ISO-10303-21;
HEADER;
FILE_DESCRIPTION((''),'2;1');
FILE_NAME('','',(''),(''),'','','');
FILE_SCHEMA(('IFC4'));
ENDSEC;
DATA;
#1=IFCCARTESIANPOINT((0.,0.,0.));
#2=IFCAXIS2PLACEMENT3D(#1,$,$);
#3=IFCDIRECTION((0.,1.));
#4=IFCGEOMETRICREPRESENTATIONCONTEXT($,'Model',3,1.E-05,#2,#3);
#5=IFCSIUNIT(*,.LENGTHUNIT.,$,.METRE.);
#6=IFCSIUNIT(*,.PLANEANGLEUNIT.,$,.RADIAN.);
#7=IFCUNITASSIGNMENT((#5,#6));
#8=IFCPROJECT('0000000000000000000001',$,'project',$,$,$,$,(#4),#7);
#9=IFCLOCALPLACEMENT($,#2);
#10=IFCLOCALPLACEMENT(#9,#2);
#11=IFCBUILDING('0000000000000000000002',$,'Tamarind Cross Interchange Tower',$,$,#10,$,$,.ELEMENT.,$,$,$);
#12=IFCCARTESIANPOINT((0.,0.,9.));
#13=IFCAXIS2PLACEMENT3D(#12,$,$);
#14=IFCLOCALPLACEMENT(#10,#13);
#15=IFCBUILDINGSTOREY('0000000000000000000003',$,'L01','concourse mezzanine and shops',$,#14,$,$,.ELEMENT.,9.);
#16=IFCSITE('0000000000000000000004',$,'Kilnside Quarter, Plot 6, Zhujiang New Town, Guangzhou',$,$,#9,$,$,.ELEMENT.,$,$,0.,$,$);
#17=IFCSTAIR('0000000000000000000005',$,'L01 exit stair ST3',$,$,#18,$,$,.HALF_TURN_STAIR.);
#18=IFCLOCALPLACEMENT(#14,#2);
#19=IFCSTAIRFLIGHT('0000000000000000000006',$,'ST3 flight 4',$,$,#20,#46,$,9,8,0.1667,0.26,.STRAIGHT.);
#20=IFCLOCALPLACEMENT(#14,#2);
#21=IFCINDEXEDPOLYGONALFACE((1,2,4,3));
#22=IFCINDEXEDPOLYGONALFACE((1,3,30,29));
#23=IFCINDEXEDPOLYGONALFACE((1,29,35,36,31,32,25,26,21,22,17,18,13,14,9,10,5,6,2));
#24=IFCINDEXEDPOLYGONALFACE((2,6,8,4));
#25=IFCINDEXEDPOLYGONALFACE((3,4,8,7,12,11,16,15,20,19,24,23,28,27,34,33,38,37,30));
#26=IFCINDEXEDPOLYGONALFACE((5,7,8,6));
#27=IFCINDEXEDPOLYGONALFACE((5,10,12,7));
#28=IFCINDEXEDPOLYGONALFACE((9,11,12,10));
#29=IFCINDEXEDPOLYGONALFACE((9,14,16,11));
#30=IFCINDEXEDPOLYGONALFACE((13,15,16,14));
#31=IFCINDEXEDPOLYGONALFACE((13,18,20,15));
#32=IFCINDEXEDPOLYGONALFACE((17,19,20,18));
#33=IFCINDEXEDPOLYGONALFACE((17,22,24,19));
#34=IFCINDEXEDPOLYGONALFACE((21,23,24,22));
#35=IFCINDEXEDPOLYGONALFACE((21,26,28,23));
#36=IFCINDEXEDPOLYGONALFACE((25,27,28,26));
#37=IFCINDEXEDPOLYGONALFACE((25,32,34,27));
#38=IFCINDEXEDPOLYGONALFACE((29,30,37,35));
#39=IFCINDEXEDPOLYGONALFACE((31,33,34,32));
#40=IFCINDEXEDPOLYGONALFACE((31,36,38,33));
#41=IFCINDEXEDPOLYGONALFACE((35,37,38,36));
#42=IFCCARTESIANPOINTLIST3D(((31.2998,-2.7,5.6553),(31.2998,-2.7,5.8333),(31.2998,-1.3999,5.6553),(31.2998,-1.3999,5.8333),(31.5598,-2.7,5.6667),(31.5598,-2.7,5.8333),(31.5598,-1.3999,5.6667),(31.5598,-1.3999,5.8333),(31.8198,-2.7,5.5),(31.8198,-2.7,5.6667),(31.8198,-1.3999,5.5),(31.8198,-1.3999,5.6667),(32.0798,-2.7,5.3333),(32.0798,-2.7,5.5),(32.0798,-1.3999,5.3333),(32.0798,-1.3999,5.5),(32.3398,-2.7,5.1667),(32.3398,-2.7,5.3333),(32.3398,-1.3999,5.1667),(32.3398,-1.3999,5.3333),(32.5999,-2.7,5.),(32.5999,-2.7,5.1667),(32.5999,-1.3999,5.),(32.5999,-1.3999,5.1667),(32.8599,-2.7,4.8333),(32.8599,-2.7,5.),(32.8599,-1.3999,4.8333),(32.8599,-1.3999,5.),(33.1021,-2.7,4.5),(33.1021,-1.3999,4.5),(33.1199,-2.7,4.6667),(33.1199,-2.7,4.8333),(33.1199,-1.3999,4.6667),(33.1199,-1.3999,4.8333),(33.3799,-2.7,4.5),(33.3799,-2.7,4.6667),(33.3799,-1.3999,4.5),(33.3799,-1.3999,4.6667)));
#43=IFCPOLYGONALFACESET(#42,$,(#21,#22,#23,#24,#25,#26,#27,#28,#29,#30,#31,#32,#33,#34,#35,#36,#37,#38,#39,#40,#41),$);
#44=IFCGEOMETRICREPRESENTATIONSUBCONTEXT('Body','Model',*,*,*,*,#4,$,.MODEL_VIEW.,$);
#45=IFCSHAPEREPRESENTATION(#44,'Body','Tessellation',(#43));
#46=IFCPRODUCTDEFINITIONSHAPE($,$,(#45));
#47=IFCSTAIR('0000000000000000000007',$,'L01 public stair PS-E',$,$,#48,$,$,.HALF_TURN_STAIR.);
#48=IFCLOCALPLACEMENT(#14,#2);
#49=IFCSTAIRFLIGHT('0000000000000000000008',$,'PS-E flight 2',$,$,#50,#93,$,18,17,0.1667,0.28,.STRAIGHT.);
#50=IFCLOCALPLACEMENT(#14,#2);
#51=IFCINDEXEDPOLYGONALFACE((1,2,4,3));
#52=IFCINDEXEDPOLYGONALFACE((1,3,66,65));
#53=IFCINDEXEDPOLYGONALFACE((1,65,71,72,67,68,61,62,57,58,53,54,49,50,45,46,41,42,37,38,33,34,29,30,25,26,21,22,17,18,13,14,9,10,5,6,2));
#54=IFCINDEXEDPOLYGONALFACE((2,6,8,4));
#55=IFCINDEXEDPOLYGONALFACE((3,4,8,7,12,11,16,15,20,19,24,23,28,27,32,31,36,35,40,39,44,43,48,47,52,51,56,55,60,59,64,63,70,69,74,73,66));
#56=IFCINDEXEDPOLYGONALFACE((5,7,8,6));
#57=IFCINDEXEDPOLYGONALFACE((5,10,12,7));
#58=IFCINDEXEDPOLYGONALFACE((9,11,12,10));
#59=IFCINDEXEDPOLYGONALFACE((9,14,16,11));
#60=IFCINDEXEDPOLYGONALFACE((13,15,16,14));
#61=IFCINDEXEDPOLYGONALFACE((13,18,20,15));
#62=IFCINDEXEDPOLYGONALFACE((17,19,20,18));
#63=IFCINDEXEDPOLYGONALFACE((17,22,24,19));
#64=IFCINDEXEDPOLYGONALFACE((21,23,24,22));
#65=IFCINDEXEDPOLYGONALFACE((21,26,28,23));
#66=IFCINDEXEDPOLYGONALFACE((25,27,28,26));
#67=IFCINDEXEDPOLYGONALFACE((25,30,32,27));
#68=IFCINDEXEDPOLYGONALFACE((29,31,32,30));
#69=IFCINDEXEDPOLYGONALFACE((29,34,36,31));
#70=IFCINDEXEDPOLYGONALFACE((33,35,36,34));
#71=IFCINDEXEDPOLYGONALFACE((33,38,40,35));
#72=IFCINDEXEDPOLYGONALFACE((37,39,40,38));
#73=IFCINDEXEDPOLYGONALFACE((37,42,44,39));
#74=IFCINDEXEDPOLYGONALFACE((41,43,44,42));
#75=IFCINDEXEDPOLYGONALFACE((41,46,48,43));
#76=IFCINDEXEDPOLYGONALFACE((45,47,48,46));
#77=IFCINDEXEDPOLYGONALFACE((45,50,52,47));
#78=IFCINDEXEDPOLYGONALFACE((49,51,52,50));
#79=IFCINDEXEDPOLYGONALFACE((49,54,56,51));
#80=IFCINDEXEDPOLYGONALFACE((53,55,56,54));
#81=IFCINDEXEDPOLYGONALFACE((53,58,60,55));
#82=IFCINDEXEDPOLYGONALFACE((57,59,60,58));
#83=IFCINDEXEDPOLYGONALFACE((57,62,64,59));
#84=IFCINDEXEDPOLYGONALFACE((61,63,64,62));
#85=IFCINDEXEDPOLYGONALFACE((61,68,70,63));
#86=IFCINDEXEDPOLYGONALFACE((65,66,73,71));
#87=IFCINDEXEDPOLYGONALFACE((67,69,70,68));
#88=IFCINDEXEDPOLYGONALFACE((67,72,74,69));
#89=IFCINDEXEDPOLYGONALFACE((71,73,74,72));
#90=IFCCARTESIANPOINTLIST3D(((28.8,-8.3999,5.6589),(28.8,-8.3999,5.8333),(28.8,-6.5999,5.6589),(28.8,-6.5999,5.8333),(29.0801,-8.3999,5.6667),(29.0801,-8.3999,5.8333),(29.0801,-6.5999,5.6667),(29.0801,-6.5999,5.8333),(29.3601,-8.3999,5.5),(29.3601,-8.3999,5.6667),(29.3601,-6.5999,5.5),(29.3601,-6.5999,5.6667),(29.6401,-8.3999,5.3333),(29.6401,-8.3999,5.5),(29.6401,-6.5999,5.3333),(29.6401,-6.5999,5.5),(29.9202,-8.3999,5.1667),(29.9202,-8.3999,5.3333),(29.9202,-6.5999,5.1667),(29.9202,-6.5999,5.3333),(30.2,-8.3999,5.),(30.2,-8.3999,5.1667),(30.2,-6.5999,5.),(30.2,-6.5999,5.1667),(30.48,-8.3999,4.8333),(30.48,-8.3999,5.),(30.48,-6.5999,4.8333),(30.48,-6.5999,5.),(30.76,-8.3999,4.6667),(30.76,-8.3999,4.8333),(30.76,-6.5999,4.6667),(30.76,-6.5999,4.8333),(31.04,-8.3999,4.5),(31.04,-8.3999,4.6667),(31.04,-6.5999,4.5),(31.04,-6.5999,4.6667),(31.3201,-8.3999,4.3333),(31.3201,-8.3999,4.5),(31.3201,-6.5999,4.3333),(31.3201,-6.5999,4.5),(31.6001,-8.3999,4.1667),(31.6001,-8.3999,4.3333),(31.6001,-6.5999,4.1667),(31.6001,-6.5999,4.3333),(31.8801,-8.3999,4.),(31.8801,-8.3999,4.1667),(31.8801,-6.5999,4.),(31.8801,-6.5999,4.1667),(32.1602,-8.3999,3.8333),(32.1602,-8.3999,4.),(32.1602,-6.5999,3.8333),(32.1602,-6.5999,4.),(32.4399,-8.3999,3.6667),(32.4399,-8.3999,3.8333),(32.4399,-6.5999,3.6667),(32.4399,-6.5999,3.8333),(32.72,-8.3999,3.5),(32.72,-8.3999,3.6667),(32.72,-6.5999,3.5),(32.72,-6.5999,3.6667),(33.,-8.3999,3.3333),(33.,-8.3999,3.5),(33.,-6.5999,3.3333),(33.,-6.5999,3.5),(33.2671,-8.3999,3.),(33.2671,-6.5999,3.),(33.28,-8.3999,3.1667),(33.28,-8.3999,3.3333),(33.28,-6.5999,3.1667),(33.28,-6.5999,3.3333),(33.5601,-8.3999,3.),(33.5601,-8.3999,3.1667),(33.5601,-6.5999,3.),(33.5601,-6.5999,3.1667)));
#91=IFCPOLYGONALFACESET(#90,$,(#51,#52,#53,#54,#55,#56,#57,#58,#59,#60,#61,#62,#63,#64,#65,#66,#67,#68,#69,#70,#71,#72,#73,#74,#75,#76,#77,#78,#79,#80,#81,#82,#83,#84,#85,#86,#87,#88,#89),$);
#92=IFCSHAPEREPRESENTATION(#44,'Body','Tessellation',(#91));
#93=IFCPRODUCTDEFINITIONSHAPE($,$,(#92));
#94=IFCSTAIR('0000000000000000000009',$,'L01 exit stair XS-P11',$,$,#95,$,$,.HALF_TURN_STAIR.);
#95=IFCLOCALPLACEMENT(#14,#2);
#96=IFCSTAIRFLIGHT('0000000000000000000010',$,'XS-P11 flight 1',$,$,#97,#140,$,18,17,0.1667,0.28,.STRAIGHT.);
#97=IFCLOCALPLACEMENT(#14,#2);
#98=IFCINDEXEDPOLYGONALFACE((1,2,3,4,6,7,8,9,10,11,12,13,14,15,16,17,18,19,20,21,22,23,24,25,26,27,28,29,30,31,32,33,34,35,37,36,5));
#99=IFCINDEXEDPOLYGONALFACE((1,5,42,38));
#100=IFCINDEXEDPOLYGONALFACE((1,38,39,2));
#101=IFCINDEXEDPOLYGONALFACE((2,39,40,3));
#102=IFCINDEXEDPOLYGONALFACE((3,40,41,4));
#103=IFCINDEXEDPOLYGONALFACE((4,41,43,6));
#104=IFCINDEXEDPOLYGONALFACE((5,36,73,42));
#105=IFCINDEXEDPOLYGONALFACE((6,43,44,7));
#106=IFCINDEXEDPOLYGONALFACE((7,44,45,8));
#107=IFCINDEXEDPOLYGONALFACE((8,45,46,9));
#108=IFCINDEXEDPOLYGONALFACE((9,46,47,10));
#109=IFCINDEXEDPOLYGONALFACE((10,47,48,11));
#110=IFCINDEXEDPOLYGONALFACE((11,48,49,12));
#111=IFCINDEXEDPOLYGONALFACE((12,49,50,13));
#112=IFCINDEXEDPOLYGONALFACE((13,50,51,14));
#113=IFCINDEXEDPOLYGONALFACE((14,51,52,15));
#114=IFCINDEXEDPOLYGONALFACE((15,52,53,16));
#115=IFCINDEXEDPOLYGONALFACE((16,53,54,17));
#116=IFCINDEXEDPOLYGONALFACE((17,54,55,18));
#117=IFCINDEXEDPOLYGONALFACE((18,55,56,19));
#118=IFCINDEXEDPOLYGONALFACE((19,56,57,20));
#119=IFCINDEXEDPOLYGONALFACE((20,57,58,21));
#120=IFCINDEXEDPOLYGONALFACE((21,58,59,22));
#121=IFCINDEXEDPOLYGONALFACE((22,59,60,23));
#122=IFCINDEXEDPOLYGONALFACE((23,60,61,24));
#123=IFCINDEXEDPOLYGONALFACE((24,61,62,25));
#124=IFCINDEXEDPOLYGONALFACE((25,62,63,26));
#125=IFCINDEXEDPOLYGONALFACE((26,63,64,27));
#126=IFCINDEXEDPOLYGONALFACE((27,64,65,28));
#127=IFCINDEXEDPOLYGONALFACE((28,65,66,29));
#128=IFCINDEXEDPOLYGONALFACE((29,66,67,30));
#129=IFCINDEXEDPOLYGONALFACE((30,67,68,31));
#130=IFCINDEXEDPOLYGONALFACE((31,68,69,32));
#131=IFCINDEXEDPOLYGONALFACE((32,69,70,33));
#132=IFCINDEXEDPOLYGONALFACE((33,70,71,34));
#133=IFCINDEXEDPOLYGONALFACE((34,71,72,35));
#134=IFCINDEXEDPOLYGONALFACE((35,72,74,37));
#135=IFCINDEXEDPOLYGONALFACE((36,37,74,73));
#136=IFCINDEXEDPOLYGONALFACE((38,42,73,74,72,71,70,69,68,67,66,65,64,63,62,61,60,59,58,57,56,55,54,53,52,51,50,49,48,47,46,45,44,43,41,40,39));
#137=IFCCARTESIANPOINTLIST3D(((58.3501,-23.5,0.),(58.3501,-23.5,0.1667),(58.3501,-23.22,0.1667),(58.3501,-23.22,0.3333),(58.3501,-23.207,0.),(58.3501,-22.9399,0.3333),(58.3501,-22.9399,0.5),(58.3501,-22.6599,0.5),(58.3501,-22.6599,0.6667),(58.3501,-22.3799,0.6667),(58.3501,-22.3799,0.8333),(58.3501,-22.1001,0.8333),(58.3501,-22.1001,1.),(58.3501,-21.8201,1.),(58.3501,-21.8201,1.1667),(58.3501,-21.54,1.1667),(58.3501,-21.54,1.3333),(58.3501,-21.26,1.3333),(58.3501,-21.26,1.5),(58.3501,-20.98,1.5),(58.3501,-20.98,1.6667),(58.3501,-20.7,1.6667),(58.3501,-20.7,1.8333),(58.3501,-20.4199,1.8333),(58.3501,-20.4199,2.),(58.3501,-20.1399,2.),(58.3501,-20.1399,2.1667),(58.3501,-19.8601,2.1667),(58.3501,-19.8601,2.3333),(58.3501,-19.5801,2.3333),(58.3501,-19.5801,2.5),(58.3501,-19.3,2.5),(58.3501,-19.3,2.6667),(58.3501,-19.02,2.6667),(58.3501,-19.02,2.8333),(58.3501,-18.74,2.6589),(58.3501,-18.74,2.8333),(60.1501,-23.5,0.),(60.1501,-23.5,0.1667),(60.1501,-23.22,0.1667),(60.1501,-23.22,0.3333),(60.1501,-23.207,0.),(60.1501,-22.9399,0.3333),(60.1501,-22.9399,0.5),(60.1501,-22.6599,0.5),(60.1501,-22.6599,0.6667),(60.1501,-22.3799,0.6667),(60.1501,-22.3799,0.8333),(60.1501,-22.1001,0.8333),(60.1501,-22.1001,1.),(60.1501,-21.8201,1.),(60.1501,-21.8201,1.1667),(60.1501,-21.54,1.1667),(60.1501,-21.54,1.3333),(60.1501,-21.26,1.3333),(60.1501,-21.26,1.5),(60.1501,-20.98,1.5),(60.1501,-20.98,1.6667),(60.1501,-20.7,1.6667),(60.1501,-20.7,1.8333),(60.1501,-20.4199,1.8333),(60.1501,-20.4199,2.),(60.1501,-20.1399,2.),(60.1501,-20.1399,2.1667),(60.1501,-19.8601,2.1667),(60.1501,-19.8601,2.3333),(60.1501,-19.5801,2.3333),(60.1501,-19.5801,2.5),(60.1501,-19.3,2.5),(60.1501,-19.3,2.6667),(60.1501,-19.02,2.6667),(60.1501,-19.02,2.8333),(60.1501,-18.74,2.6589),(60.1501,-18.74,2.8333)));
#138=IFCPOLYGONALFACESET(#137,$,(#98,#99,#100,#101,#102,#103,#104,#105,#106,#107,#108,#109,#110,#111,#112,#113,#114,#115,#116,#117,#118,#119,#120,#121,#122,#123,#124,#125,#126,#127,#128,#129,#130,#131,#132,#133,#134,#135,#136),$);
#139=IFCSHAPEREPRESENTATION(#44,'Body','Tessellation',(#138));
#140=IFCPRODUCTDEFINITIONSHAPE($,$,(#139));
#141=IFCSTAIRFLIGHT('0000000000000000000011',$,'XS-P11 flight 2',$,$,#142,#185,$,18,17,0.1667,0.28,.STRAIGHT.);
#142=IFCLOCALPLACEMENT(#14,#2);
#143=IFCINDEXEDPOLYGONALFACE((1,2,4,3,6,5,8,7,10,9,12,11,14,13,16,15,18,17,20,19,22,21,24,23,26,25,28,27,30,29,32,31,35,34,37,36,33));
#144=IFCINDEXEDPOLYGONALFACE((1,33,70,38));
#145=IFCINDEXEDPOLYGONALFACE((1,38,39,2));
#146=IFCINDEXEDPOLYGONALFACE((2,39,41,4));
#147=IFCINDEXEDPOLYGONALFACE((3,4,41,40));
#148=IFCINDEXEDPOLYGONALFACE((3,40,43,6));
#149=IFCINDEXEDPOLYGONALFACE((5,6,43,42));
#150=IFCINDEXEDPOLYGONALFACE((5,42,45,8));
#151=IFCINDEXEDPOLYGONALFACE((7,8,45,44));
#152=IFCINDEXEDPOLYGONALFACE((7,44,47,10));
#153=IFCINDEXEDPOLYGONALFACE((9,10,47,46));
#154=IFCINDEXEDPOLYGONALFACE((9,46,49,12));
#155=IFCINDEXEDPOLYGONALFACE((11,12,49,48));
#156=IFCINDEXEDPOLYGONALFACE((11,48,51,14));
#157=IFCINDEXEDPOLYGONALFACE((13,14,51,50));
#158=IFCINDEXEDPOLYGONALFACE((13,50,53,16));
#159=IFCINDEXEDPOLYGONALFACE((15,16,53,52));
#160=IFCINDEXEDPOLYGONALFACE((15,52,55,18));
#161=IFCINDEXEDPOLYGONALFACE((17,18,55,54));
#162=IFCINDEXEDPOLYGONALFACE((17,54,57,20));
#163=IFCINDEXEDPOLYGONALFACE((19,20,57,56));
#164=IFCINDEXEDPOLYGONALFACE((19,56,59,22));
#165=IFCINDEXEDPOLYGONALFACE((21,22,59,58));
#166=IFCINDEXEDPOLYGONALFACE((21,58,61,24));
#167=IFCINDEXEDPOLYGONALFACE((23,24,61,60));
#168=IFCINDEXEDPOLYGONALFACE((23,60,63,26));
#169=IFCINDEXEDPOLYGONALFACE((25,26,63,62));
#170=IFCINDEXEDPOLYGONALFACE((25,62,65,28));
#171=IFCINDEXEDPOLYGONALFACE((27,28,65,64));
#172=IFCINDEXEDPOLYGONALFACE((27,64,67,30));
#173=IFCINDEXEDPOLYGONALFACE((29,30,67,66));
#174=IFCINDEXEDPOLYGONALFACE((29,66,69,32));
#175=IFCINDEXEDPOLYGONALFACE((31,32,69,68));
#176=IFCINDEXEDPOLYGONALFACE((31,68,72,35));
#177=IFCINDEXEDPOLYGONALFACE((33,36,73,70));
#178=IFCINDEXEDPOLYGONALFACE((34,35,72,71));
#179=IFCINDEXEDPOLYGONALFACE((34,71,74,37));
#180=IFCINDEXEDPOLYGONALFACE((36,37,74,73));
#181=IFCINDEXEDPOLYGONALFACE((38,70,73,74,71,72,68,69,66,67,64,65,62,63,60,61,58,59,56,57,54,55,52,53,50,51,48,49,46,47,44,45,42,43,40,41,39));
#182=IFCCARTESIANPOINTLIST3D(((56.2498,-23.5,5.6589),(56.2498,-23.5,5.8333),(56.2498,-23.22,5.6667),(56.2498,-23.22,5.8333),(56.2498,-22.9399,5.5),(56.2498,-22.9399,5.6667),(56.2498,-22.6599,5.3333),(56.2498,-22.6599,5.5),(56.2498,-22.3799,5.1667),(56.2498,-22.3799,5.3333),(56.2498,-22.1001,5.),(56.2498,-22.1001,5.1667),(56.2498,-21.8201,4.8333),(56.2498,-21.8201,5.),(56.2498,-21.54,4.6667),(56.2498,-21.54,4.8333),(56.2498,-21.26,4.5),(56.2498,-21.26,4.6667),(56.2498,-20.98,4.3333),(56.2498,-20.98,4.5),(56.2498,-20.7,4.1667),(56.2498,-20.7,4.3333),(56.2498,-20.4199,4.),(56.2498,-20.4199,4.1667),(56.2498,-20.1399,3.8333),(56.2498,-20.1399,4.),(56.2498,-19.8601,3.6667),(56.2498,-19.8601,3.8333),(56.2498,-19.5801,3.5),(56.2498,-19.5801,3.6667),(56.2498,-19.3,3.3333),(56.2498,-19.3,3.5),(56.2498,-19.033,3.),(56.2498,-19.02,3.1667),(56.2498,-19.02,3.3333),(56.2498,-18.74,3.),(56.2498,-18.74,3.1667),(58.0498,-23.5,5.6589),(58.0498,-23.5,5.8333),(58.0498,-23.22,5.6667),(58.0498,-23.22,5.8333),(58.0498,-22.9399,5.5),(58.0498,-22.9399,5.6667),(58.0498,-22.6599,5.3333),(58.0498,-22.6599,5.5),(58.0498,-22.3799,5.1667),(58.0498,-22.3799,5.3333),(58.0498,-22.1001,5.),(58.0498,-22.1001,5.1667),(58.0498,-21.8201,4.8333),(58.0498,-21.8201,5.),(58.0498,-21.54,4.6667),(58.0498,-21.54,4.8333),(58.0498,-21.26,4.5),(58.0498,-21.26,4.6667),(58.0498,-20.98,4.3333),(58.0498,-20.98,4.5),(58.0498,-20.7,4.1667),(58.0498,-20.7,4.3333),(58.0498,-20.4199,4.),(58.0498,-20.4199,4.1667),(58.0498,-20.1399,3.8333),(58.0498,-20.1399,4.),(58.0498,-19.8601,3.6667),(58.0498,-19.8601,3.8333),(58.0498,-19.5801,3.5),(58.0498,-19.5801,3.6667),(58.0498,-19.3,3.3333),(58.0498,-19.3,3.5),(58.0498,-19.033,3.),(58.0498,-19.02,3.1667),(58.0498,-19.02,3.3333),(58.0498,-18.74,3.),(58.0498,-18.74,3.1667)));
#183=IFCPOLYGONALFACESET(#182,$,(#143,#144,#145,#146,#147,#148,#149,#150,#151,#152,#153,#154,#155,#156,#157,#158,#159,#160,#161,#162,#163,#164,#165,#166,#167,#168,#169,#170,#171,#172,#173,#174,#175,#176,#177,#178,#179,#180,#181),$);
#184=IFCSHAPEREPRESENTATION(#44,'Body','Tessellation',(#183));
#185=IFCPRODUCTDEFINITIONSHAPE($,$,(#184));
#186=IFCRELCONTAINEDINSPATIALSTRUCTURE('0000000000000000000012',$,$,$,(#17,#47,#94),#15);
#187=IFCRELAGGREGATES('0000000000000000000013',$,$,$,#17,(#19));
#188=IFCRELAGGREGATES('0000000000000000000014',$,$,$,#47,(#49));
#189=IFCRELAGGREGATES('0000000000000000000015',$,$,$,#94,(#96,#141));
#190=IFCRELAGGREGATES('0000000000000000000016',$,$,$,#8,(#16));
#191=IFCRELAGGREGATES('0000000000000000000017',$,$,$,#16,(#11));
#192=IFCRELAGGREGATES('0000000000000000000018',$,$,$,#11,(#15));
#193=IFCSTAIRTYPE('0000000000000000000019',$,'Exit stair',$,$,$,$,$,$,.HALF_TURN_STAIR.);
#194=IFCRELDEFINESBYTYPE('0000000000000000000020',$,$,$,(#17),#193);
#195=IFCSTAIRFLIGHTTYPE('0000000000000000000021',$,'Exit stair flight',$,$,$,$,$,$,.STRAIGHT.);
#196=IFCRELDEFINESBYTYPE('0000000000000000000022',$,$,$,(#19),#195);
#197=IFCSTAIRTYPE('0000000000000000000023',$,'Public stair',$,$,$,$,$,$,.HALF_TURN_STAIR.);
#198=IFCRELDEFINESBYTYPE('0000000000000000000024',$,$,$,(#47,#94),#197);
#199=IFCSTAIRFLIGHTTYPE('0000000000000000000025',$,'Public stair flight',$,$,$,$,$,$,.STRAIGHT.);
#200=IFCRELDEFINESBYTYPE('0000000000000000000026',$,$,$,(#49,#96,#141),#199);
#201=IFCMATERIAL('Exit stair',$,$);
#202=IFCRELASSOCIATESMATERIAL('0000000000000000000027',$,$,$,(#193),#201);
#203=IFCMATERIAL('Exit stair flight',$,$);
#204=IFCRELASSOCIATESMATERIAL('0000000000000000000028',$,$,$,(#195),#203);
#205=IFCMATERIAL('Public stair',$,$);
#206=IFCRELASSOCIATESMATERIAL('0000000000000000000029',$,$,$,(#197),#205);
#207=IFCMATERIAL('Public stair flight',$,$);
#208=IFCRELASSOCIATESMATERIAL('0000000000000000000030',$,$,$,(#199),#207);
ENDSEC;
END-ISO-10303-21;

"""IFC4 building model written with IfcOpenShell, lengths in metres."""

from ifc_helpers import new_model, si_unit, direction, frame, origin, place, context, subcontext, project, spatial, polyline, outline, extrude, material, type_object, element, aggregate, save


model = new_model("IFC4")

# Units and contexts
model_context = context("Model", 3, precision=1e-05, world=origin(), true_north=direction((0.0, 1.0)))
body_context = subcontext(model_context, "Body", "Model", "MODEL_VIEW")
ifc_project = project(units=[si_unit("LENGTHUNIT", "METRE"), si_unit("PLANEANGLEUNIT", "RADIAN")], contexts=[model_context])

# Site, building, storey
site_placement = place(None, origin())
site = spatial("IfcSite", under=ifc_project, at=site_placement, Name="Kilnside Quarter, Plot 6, Zhujiang New Town, Guangzhou", CompositionType="ELEMENT", RefElevation=0.0)
building_placement = place(site_placement, origin())
building = spatial("IfcBuilding", under=site, at=building_placement, Name="Tamarind Cross Interchange Tower", CompositionType="ELEMENT")
storey_placement = place(building_placement, frame((0.0, 0.0, 9.0)))
storey = spatial("IfcBuildingStorey", under=building, at=storey_placement, Name="L01", Description="concourse mezzanine and shops", CompositionType="ELEMENT", Elevation=9.0)

# Stairs, stair flights
ifc_material_1 = material(Name="Exit stair")
stair_type_1 = type_object("IfcStairType", Name="Exit stair", PredefinedType="HALF_TURN_STAIR", material=ifc_material_1)
stair_1_placement = place(storey_placement, origin())
stair_1 = element("IfcStair", 1, at=stair_1_placement, inside=storey, type_object=stair_type_1, Name="L01 exit stair ST3", PredefinedType="HALF_TURN_STAIR")
ifc_material_2 = material(Name="Exit stair flight")
stair_flight_type_1 = type_object("IfcStairFlightType", Name="Exit stair flight", PredefinedType="STRAIGHT", material=ifc_material_2)
stair_flight_1_placement = place(storey_placement, frame((33.3799, -2.05, 4.5), z_axis=(0.0, 0.0, 1.0), x_axis=(-1.0, 0.0, 0.0)))
stair_flight_1 = element("IfcStairFlight", 2, at=stair_flight_1_placement, type_object=stair_flight_type_1, Name="ST3 flight 4", NumberOfRisers=9, NumberOfTreads=8, PredefinedType="STRAIGHT", RiserHeight=0.1667, TreadLength=0.26, context=body_context, shape_type="SweptSolid", body=[
    extrude(outline(polyline([(0.0, 0.0), (0.0, 0.1667), (0.26, 0.1667), (0.26, 0.3333), (0.52, 0.3333), (0.52, 0.5), (0.78, 0.5), (0.78, 0.6667), (1.04, 0.6667), (1.04, 0.8333), (1.3, 0.8333), (1.3, 1.0), (1.5601, 1.0), (1.5601, 1.1667), (1.8201, 1.1667), (1.8201, 1.3333), (2.0801, 1.3333), (2.0801, 1.5), (2.0801, 1.1553), (0.2778, 0.0), (0.0, 0.0)])), frame((0.0, 0.6499, 0.0), z_axis=(0.0, -1.0, 0.0), x_axis=(1.0, 0.0, 0.0)), (0.0, 0.0, 1.0), 1.3),
])
aggregate(stair_1, [stair_flight_1])
ifc_material_3 = material(Name="Public stair")
stair_type_2 = type_object("IfcStairType", Name="Public stair", PredefinedType="HALF_TURN_STAIR", material=ifc_material_3)
stair_2_placement = place(storey_placement, origin())
stair_2 = element("IfcStair", 3, at=stair_2_placement, inside=storey, type_object=stair_type_2, Name="L01 public stair PS-E", PredefinedType="HALF_TURN_STAIR")
ifc_material_4 = material(Name="Public stair flight")
stair_flight_type_2 = type_object("IfcStairFlightType", Name="Public stair flight", PredefinedType="STRAIGHT", material=ifc_material_4)
stair_flight_2_placement = place(storey_placement, frame((33.5601, -7.5, 3.0), z_axis=(0.0, 0.0, 1.0), x_axis=(-1.0, 0.0, 0.0)))
stair_flight_2 = element("IfcStairFlight", 4, at=stair_flight_2_placement, type_object=stair_flight_type_2, Name="PS-E flight 2", NumberOfRisers=18, NumberOfTreads=17, PredefinedType="STRAIGHT", RiserHeight=0.1667, TreadLength=0.28, context=body_context, shape_type="SweptSolid", body=[
    extrude(outline(polyline([(0.0, 0.0), (0.0, 0.1667), (0.28, 0.1667), (0.28, 0.3333), (0.5601, 0.3333), (0.5601, 0.5), (0.8401, 0.5), (0.8401, 0.6667), (1.1201, 0.6667), (1.1201, 0.8333), (1.3999, 0.8333), (1.3999, 1.0), (1.6799, 1.0), (1.6799, 1.1667), (1.96, 1.1667), (1.96, 1.3333), (2.24, 1.3333), (2.24, 1.5), (2.52, 1.5), (2.52, 1.6667), (2.8, 1.6667), (2.8, 1.8333), (3.0801, 1.8333), (3.0801, 2.0), (3.3601, 2.0), (3.3601, 2.1667), (3.6399, 2.1667), (3.6399, 2.3333), (3.9199, 2.3333), (3.9199, 2.5), (4.2, 2.5), (4.2, 2.6667), (4.48, 2.6667), (4.48, 2.8333), (4.76, 2.8333), (4.76, 3.0), (4.76, 2.6589), (0.293, 0.0), (0.0, 0.0)])), frame((0.0, 0.8999, 0.0), z_axis=(0.0, -1.0, 0.0), x_axis=(1.0, 0.0, 0.0)), (0.0, 0.0, 1.0), 1.8),
])
aggregate(stair_2, [stair_flight_2])

# Stair, stair flights
stair_3_placement = place(storey_placement, origin())
stair_3 = element("IfcStair", 5, at=stair_3_placement, inside=storey, type_object=stair_type_2, Name="L01 exit stair XS-P11", PredefinedType="HALF_TURN_STAIR")
stair_flight_3_placement = place(storey_placement, frame((59.25, -23.5, 0.0), z_axis=(0.0, 0.0, 1.0), x_axis=(0.0, 1.0, 0.0)))
stair_flight_3 = element("IfcStairFlight", 6, at=stair_flight_3_placement, type_object=stair_flight_type_2, Name="XS-P11 flight 1", NumberOfRisers=18, NumberOfTreads=17, PredefinedType="STRAIGHT", RiserHeight=0.1667, TreadLength=0.28, context=body_context, shape_type="SweptSolid", body=[
    extrude(outline(polyline([(0.0, 0.0), (0.0, 0.1667), (0.28, 0.1667), (0.28, 0.3333), (0.5601, 0.3333), (0.5601, 0.5), (0.8401, 0.5), (0.8401, 0.6667), (1.1201, 0.6667), (1.1201, 0.8333), (1.3999, 0.8333), (1.3999, 1.0), (1.6799, 1.0), (1.6799, 1.1667), (1.96, 1.1667), (1.96, 1.3333), (2.24, 1.3333), (2.24, 1.5), (2.52, 1.5), (2.52, 1.6667), (2.8, 1.6667), (2.8, 1.8333), (3.0801, 1.8333), (3.0801, 2.0), (3.3601, 2.0), (3.3601, 2.1667), (3.6399, 2.1667), (3.6399, 2.3333), (3.9199, 2.3333), (3.9199, 2.5), (4.2, 2.5), (4.2, 2.6667), (4.48, 2.6667), (4.48, 2.8333), (4.76, 2.8333), (4.76, 3.0), (4.76, 2.6589), (0.293, 0.0), (0.0, 0.0)])), frame((0.0, 0.8999, 0.0), z_axis=(0.0, -1.0, 0.0), x_axis=(1.0, 0.0, 0.0)), (0.0, 0.0, 1.0), 1.8),
])
stair_flight_4_placement = place(storey_placement, frame((57.1499, -18.74, 3.0), z_axis=(0.0, 0.0, 1.0), x_axis=(0.0, -1.0, 0.0)))
stair_flight_4 = element("IfcStairFlight", 7, at=stair_flight_4_placement, type_object=stair_flight_type_2, Name="XS-P11 flight 2", NumberOfRisers=18, NumberOfTreads=17, PredefinedType="STRAIGHT", RiserHeight=0.1667, TreadLength=0.28, context=body_context, shape_type="SweptSolid", body=[
    extrude(outline(polyline([(0.0, 0.0), (0.0, 0.1667), (0.28, 0.1667), (0.28, 0.3333), (0.5601, 0.3333), (0.5601, 0.5), (0.8401, 0.5), (0.8401, 0.6667), (1.1201, 0.6667), (1.1201, 0.8333), (1.3999, 0.8333), (1.3999, 1.0), (1.6799, 1.0), (1.6799, 1.1667), (1.96, 1.1667), (1.96, 1.3333), (2.24, 1.3333), (2.24, 1.5), (2.52, 1.5), (2.52, 1.6667), (2.8, 1.6667), (2.8, 1.8333), (3.0801, 1.8333), (3.0801, 2.0), (3.3601, 2.0), (3.3601, 2.1667), (3.6399, 2.1667), (3.6399, 2.3333), (3.9199, 2.3333), (3.9199, 2.5), (4.2, 2.5), (4.2, 2.6667), (4.48, 2.6667), (4.48, 2.8333), (4.76, 2.8333), (4.76, 3.0), (4.76, 2.6589), (0.293, 0.0), (0.0, 0.0)])), frame((0.0, 0.8999, 0.0), z_axis=(0.0, -1.0, 0.0), x_axis=(1.0, 0.0, 0.0)), (0.0, 0.0, 1.0), 1.8),
])
aggregate(stair_3, [stair_flight_3, stair_flight_4])

save(model, "model.ifc")
